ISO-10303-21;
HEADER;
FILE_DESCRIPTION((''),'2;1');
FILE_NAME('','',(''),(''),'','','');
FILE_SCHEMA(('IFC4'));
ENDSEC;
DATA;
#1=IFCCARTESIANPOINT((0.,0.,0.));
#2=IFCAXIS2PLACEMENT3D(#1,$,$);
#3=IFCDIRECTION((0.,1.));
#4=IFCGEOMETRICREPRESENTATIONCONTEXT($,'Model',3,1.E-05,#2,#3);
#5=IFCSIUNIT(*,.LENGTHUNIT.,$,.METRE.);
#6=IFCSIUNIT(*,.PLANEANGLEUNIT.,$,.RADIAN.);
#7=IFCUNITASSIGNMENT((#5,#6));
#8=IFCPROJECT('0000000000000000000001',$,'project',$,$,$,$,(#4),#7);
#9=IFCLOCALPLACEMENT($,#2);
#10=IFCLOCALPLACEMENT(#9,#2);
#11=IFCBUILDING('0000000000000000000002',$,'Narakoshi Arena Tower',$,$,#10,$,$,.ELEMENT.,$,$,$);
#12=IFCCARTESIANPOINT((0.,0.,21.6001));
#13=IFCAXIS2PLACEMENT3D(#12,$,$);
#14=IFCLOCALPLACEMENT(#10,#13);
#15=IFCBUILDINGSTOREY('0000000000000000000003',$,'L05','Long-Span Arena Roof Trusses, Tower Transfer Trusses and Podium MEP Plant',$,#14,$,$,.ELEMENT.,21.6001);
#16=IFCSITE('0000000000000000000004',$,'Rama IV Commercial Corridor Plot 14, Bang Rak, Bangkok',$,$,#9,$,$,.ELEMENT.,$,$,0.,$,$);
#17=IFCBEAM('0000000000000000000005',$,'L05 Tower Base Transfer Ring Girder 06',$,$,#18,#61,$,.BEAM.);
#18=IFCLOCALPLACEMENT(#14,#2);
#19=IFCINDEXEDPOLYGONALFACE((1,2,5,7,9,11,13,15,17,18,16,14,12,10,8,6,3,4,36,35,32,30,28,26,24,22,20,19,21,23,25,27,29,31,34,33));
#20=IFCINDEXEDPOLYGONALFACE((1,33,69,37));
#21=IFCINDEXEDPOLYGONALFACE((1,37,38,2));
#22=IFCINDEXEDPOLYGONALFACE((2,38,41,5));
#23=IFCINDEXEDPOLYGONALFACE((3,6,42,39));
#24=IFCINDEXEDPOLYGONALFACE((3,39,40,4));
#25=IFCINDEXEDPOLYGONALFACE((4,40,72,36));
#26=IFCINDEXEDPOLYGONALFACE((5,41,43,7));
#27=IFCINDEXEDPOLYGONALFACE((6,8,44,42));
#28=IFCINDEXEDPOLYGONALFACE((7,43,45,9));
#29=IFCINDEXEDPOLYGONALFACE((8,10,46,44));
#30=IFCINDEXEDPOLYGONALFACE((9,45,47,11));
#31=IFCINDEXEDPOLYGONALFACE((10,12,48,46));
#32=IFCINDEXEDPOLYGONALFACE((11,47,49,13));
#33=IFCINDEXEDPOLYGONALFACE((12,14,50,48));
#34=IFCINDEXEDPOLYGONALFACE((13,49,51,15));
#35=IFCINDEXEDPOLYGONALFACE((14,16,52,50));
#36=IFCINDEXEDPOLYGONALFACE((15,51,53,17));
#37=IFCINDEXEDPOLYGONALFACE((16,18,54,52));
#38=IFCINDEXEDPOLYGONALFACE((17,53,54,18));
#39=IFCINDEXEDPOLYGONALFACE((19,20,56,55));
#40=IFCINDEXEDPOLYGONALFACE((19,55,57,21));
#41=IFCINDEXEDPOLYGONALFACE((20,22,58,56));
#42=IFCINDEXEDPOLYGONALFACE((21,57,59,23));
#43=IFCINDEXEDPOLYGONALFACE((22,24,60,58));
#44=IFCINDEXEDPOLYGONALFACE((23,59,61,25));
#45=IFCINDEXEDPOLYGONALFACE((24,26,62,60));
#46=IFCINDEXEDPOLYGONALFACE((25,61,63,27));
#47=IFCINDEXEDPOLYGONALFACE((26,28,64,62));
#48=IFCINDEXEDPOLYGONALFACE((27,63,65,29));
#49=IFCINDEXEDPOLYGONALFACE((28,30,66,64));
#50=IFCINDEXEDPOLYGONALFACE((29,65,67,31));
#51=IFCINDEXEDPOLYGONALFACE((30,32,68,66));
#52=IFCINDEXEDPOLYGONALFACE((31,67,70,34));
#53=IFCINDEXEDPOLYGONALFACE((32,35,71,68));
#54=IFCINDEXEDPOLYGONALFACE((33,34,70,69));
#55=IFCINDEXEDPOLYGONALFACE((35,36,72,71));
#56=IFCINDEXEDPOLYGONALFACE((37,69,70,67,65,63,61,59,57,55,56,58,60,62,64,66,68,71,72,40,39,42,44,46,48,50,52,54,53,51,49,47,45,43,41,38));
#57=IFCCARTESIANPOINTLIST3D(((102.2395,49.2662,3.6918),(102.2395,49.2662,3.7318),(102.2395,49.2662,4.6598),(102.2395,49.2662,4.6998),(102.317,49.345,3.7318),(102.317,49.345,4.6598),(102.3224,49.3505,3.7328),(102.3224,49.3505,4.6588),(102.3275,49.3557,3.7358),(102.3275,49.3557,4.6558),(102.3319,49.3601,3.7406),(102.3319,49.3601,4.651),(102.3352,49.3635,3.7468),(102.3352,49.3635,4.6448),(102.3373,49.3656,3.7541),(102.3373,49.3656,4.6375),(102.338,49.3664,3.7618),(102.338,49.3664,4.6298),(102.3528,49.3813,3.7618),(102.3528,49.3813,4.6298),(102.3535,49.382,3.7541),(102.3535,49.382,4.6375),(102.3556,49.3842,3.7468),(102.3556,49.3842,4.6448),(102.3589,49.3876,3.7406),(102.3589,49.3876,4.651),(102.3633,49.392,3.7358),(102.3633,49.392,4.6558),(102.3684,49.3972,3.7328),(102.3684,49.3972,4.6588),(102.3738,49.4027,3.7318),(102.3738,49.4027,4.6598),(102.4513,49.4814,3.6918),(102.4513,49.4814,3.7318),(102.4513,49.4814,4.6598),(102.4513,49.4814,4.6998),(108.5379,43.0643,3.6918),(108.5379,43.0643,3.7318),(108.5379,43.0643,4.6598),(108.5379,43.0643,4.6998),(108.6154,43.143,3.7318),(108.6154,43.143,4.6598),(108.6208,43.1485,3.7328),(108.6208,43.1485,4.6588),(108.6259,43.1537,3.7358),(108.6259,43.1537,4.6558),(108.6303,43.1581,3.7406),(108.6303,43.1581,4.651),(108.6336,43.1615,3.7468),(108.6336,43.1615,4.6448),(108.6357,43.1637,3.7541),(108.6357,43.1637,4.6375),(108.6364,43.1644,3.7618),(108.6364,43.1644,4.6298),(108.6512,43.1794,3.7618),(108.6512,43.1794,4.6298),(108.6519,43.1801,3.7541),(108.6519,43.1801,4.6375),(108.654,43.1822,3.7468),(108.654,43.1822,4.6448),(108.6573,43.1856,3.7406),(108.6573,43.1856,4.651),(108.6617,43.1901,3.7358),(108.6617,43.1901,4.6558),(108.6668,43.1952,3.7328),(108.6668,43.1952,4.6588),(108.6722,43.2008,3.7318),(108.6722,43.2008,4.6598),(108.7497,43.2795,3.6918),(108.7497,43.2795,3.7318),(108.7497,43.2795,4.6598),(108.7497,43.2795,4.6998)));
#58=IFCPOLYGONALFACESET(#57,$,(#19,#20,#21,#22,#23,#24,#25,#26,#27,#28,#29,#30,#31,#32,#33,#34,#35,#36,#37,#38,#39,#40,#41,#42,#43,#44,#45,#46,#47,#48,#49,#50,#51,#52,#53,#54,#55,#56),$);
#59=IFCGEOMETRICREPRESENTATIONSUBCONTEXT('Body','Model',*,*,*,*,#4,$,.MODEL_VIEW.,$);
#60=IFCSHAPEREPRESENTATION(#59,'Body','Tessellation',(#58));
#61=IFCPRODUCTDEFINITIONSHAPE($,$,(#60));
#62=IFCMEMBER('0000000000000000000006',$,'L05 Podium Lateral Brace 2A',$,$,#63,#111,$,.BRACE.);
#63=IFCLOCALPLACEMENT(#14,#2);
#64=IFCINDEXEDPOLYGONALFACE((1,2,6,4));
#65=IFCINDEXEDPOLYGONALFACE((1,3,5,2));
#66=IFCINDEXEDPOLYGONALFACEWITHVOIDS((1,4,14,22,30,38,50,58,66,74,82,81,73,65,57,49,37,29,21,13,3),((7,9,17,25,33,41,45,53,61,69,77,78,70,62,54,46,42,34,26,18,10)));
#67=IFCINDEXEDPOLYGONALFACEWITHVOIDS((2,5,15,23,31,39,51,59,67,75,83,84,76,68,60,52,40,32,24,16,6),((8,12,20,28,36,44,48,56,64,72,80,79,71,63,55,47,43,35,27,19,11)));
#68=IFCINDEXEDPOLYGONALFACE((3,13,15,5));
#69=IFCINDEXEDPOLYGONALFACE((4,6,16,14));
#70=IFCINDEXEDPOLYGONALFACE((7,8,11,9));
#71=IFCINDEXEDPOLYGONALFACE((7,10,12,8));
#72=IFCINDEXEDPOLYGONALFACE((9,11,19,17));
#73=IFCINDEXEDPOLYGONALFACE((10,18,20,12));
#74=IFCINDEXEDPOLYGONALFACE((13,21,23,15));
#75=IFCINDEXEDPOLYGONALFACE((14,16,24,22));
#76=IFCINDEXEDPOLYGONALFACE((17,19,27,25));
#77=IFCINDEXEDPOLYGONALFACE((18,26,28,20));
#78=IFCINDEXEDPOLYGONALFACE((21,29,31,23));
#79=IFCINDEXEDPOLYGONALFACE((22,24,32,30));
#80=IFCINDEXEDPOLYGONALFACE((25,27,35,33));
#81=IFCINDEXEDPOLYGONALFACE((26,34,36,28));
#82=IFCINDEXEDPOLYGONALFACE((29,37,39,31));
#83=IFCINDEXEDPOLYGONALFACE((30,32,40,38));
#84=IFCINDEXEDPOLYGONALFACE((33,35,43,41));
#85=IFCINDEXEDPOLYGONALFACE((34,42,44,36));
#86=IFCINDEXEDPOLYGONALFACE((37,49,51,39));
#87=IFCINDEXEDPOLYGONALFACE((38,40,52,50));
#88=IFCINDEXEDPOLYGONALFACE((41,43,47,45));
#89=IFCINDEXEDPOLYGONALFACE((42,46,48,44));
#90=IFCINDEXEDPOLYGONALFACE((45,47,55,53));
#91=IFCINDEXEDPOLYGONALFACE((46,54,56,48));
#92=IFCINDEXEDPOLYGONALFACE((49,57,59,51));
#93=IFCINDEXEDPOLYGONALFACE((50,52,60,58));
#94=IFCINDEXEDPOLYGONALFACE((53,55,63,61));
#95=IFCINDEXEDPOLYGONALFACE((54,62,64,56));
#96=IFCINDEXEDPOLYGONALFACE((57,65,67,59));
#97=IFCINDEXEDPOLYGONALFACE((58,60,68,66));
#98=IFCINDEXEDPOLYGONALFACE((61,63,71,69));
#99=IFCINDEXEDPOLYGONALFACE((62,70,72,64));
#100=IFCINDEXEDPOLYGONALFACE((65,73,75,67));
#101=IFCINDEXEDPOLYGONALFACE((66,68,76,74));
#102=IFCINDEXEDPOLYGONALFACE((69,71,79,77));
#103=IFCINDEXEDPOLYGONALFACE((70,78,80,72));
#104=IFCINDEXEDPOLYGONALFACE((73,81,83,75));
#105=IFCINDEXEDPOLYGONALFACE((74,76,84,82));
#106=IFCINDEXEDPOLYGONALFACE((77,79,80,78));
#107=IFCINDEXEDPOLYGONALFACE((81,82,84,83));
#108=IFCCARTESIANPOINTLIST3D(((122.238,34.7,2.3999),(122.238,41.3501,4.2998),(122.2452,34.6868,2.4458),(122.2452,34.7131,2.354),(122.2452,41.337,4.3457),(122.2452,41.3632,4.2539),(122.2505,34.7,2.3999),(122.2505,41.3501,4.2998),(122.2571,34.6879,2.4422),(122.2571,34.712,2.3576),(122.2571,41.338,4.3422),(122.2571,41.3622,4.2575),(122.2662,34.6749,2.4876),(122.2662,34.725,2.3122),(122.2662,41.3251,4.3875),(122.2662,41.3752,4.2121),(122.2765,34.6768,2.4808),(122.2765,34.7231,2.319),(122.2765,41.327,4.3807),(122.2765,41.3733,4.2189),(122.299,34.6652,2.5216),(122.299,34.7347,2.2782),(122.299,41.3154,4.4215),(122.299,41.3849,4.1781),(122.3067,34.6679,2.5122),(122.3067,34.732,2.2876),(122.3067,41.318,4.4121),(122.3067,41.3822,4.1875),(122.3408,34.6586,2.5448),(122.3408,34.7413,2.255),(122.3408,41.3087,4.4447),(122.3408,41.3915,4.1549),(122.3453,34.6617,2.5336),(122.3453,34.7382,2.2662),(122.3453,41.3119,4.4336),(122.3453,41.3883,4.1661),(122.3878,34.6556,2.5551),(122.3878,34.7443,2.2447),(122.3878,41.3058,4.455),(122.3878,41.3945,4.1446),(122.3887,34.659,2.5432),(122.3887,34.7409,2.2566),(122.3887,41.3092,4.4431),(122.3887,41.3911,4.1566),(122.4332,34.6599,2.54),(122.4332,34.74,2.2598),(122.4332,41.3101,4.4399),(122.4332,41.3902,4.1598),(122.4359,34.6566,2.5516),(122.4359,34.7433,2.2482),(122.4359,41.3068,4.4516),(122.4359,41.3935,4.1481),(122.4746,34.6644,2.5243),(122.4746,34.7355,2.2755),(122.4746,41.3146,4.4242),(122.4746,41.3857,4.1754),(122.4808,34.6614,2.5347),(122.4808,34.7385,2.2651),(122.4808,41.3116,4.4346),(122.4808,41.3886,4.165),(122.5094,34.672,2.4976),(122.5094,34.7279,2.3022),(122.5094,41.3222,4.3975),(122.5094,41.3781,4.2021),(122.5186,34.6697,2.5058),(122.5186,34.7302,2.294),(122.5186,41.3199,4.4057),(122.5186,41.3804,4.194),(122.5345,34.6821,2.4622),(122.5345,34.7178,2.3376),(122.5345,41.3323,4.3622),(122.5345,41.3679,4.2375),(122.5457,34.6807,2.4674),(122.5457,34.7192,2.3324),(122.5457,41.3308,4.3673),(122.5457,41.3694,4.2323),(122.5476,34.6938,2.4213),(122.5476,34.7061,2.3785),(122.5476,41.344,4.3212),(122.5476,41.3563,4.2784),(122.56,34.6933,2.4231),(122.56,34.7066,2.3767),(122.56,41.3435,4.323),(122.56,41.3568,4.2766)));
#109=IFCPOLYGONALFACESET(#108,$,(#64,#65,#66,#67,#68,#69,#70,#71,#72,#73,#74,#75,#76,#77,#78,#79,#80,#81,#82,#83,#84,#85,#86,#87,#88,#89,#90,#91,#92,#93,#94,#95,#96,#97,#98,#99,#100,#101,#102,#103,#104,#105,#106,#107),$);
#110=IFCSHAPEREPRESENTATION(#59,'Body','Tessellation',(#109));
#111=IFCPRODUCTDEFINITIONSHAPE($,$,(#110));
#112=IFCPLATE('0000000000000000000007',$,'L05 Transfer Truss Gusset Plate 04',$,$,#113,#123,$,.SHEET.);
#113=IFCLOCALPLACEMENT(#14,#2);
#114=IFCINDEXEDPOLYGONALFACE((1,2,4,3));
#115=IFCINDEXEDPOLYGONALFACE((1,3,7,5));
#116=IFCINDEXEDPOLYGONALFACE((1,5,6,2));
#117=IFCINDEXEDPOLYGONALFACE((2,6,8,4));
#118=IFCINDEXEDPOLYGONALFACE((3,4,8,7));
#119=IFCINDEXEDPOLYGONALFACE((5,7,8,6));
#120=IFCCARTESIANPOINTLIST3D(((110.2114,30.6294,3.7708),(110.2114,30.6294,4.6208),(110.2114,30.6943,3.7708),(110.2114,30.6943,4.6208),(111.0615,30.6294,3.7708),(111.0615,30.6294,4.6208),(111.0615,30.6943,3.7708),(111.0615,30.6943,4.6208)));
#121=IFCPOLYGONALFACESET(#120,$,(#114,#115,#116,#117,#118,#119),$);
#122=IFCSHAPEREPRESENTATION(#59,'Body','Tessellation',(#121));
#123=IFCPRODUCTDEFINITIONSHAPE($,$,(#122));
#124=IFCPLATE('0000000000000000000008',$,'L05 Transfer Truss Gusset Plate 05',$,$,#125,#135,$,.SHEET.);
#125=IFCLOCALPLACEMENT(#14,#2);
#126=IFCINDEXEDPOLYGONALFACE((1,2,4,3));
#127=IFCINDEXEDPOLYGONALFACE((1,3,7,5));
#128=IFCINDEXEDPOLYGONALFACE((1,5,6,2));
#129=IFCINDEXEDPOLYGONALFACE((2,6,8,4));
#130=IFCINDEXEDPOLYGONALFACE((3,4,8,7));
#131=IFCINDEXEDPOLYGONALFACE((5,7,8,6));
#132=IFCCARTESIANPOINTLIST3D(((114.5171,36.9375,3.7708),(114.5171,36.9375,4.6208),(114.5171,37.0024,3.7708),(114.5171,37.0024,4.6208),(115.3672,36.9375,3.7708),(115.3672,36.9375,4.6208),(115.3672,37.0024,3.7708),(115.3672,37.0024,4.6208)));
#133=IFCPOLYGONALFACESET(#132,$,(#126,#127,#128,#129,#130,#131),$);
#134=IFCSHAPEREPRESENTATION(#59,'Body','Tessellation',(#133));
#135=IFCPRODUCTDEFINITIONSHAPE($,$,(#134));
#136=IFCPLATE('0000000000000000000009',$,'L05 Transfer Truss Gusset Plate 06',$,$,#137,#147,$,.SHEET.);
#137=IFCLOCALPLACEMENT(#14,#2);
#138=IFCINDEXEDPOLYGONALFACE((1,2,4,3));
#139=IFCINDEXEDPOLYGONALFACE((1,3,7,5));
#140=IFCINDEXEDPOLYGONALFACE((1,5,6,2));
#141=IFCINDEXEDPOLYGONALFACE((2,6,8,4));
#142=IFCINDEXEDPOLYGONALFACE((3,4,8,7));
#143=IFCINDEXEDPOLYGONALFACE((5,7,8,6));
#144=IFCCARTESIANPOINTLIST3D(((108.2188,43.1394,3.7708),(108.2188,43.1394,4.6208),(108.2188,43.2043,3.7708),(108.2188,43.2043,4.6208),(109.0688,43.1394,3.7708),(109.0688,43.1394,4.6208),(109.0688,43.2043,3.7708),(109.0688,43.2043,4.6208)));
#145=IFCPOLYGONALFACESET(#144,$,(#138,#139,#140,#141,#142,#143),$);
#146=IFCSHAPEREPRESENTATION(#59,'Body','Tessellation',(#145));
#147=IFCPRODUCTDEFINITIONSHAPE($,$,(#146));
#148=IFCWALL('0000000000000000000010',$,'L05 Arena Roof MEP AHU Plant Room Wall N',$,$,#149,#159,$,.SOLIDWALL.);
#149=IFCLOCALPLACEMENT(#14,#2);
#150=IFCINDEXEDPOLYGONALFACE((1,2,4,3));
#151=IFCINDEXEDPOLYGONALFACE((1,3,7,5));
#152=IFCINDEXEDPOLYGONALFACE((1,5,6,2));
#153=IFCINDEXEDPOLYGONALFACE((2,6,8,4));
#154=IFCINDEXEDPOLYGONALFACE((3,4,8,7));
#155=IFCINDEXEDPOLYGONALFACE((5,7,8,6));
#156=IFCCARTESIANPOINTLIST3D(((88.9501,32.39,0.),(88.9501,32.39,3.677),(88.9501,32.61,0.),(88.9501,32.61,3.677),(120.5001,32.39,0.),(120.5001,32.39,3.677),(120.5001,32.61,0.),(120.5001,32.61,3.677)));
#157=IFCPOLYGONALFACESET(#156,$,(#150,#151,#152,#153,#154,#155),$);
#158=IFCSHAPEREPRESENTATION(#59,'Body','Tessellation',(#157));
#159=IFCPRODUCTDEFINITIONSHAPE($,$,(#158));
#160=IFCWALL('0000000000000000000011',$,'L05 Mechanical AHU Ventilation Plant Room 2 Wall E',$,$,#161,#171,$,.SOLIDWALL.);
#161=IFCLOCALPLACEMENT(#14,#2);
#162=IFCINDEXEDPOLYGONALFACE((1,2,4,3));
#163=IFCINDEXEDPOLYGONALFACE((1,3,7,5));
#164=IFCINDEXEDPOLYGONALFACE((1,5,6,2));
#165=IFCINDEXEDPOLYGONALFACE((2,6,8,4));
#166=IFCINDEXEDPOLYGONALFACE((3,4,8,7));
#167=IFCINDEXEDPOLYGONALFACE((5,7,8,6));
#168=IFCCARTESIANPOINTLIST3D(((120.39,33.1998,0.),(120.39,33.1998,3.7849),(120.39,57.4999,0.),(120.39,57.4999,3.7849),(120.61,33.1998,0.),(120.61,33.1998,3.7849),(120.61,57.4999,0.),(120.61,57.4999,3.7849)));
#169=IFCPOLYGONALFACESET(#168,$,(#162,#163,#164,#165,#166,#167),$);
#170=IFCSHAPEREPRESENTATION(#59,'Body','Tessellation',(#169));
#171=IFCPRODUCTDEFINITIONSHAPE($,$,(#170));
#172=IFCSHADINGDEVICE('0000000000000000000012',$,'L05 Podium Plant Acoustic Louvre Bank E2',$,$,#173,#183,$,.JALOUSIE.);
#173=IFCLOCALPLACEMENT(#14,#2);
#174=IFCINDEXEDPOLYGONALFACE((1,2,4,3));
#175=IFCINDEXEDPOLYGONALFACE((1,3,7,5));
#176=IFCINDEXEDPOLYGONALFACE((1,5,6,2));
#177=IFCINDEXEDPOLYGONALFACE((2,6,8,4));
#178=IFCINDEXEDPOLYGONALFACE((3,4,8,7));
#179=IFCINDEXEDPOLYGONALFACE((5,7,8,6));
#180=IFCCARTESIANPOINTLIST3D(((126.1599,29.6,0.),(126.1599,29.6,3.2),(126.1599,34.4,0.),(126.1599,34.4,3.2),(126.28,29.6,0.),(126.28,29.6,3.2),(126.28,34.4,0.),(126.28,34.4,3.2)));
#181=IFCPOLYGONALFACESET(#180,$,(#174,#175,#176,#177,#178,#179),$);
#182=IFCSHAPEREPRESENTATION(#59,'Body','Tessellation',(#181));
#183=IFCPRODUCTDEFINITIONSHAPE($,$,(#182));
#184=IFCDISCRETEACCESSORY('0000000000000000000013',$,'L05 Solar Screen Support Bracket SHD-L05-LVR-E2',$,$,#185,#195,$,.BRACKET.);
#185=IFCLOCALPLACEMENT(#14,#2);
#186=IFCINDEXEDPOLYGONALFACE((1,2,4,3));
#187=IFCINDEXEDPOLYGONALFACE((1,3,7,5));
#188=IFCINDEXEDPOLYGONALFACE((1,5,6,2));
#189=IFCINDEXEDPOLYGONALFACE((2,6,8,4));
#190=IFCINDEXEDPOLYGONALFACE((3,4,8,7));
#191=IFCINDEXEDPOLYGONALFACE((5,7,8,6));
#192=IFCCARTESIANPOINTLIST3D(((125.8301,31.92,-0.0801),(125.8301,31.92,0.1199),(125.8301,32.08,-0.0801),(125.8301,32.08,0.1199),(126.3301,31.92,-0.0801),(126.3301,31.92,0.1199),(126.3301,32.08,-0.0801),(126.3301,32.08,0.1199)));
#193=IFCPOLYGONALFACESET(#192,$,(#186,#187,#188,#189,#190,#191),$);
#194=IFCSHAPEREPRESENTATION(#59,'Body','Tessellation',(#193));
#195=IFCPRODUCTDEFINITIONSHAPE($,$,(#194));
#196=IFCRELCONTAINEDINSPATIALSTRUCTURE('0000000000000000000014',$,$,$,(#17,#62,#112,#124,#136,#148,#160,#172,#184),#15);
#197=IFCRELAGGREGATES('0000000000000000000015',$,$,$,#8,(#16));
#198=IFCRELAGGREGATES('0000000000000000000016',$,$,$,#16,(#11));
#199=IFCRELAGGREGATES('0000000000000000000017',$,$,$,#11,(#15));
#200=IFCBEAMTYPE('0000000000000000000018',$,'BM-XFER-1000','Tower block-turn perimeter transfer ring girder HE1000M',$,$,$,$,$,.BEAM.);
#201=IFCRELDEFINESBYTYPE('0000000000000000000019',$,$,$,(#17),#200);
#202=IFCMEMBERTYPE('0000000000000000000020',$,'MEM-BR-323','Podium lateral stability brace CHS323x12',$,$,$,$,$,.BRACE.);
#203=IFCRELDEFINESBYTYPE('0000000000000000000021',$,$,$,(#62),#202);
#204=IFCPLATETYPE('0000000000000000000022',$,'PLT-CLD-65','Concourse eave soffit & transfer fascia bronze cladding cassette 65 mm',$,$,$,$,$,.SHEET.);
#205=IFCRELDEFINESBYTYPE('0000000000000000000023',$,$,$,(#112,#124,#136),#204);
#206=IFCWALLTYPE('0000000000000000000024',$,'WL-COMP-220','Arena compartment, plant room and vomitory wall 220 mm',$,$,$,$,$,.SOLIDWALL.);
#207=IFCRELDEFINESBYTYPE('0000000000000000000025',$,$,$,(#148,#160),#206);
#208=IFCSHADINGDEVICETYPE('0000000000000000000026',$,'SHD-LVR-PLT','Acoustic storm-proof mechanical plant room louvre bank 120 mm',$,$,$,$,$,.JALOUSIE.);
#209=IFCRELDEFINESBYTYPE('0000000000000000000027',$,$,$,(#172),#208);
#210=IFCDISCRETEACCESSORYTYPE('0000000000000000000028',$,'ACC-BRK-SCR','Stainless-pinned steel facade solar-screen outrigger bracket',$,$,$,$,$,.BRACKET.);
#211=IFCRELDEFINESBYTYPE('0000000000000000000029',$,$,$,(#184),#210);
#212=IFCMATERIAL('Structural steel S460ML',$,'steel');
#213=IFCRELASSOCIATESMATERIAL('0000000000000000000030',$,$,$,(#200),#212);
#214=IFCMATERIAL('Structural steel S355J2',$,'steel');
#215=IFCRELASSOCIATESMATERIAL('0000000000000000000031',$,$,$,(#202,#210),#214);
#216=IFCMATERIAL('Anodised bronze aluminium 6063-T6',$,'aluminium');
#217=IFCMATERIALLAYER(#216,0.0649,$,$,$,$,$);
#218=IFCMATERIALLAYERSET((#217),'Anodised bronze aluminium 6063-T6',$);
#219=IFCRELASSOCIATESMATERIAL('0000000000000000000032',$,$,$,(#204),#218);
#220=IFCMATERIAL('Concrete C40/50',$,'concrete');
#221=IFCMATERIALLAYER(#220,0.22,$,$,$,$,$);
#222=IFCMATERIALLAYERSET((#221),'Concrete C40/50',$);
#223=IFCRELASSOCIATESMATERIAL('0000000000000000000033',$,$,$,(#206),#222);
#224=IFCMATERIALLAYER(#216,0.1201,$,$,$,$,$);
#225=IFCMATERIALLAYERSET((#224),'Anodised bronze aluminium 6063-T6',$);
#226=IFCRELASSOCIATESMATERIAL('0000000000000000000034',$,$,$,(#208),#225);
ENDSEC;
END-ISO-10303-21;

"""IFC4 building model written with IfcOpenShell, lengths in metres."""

from ifc_helpers import new_model, si_unit, direction, frame, frame_2d, origin, origin_2d, place, context, subcontext, project, spatial, rectangle, hollow_circle, i_section, extrude, material, layer, layer_set, material_profile, profile_set, type_object, element, save


model = new_model("IFC4")

# Units and contexts
model_context = context("Model", 3, precision=1e-05, world=origin(), true_north=direction((0.0, 1.0)))
body_context = subcontext(model_context, "Body", "Model", "MODEL_VIEW")
ifc_project = project(units=[si_unit("LENGTHUNIT", "METRE"), si_unit("PLANEANGLEUNIT", "RADIAN")], contexts=[model_context])

# Site, building, storey
site_placement = place(None, origin())
site = spatial("IfcSite", under=ifc_project, at=site_placement, Name="Rama IV Commercial Corridor Plot 14, Bang Rak, Bangkok", CompositionType="ELEMENT", RefElevation=0.0)
building_placement = place(site_placement, origin())
building = spatial("IfcBuilding", under=site, at=building_placement, Name="Narakoshi Arena Tower", CompositionType="ELEMENT")
storey_placement = place(building_placement, frame((0.0, 0.0, 21.6001)))
storey = spatial("IfcBuildingStorey", under=building, at=storey_placement, Name="L05", Description="Long-Span Arena Roof Trusses, Tower Transfer Trusses and Podium MEP Plant", CompositionType="ELEMENT", Elevation=21.6001)

# Shared definitions
ifc_material_1 = material(Name="Structural steel S355J2", Category="steel")

# Beam
ifc_material_2 = material(Name="Structural steel S460ML", Category="steel")
ifc_material_profile_1 = material_profile(ifc_material_2, i_section(OverallWidth=0.302, OverallDepth=1.0081, WebThickness=0.021, FlangeThickness=0.04, FilletRadius=0.03, at=origin_2d()), Name="HE1000M")
ifc_profile_set_1 = profile_set([ifc_material_profile_1], Name="Structural steel S460ML")
beam_type_1 = type_object("IfcBeamType", Name="BM-XFER-1000", Description="Tower block-turn perimeter transfer ring girder HE1000M", PredefinedType="BEAM", material=ifc_profile_set_1)
for number, where, z_axis, x_axis, name in (
    (1, (108.6438, 43.1719, 4.1958), (-0.712541, 0.701631, 0.0), (-0.701631, -0.712541, 0.0), "L05 Tower Base Transfer Ring Girder 06"),
):
    element("IfcBeam", number, at=place(storey_placement, frame(where, z_axis=z_axis, x_axis=x_axis)), inside=storey, type_object=beam_type_1, Name=name, PredefinedType="BEAM", context=body_context, shape_type="SweptSolid", body=[
        extrude(i_section(OverallWidth=0.302, OverallDepth=1.0081, WebThickness=0.021, FlangeThickness=0.04, FilletRadius=0.03, at=origin_2d()), origin(), (0.0, 0.0, 1.0), 8.8394),
    ])

# Member
ifc_material_profile_2 = material_profile(ifc_material_1, hollow_circle(Radius=0.1619, WallThickness=0.0125, at=origin_2d()), Name="CHS323x12")
ifc_profile_set_2 = profile_set([ifc_material_profile_2], Name="Structural steel S355J2")
member_type = type_object("IfcMemberType", Name="MEM-BR-323", Description="Podium lateral stability brace CHS323x12", PredefinedType="BRACE", material=ifc_profile_set_2)
member_placement = place(storey_placement, frame((122.3999, 34.7, 2.3999), z_axis=(0.0, 0.961529, 0.274702), x_axis=(-1.0, 0.0, 0.0)))
element("IfcMember", 2, at=member_placement, inside=storey, type_object=member_type, Name="L05 Podium Lateral Brace 2A", PredefinedType="BRACE", context=body_context, shape_type="SweptSolid", body=[
    extrude(hollow_circle(Radius=0.1619, WallThickness=0.0125, at=origin_2d()), origin(), (0.0, 0.0, 1.0), 6.9163),
])

# Plates
ifc_material_3 = material(Name="Anodised bronze aluminium 6063-T6", Category="aluminium")
ifc_layer_1 = layer(ifc_material_3, 0.0649)
ifc_layer_set_1 = layer_set([ifc_layer_1], Name="Anodised bronze aluminium 6063-T6")
plate_type = type_object("IfcPlateType", Name="PLT-CLD-65", Description="Concourse eave soffit & transfer fascia bronze cladding cassette 65 mm", PredefinedType="SHEET", material=ifc_layer_set_1)
for number, where, z_axis, x_axis, name in (
    (3, (110.6365, 30.6619, 3.7708), (0.0, 0.0, 1.0), (1.0, 0.0, 0.0), "L05 Transfer Truss Gusset Plate 04"),
    (4, (114.9421, 36.97, 3.7708), (0.0, 0.0, 1.0), (1.0, 0.0, 0.0), "L05 Transfer Truss Gusset Plate 05"),
    (5, (108.6438, 43.1719, 3.7708), (0.0, 0.0, 1.0), (1.0, 0.0, 0.0), "L05 Transfer Truss Gusset Plate 06"),
):
    element("IfcPlate", number, at=place(storey_placement, frame(where, z_axis=z_axis, x_axis=x_axis)), inside=storey, type_object=plate_type, Name=name, PredefinedType="SHEET", context=body_context, shape_type="SweptSolid", body=[
        extrude(rectangle(XDim=0.8501, YDim=0.0649, at=origin_2d()), origin(), (0.0, 0.0, 1.0), 0.8501),
    ])

# Walls
ifc_material_4 = material(Name="Concrete C40/50", Category="concrete")
ifc_layer_2 = layer(ifc_material_4, 0.22)
ifc_layer_set_2 = layer_set([ifc_layer_2], Name="Concrete C40/50")
wall_type = type_object("IfcWallType", Name="WL-COMP-220", Description="Arena compartment, plant room and vomitory wall 220 mm", PredefinedType="SOLIDWALL", material=ifc_layer_set_2)
wall_1_placement = place(storey_placement, frame((120.5, 32.5, 0.0), z_axis=(0.0, 0.0, 1.0), x_axis=(-1.0, 0.0, 0.0)))
element("IfcWall", 6, at=wall_1_placement, inside=storey, type_object=wall_type, Name="L05 Arena Roof MEP AHU Plant Room Wall N", PredefinedType="SOLIDWALL", context=body_context, shape_type="SweptSolid", body=[
    extrude(rectangle(XDim=31.55, YDim=0.22, at=frame_2d((15.7749, 0.0))), origin(), (0.0, 0.0, 1.0), 3.677),
])
wall_2_placement = place(storey_placement, frame((120.5, 33.2, 0.0), z_axis=(0.0, 0.0, 1.0), x_axis=(0.0, 1.0, 0.0)))
element("IfcWall", 7, at=wall_2_placement, inside=storey, type_object=wall_type, Name="L05 Mechanical AHU Ventilation Plant Room 2 Wall E", PredefinedType="SOLIDWALL", context=body_context, shape_type="SweptSolid", body=[
    extrude(rectangle(XDim=24.3, YDim=0.22, at=frame_2d((12.1499, 0.0))), origin(), (0.0, 0.0, 1.0), 3.7849),
])

# Shading device
ifc_layer_3 = layer(ifc_material_3, 0.1201)
ifc_layer_set_3 = layer_set([ifc_layer_3], Name="Anodised bronze aluminium 6063-T6")
shading_device_type = type_object("IfcShadingDeviceType", Name="SHD-LVR-PLT", Description="Acoustic storm-proof mechanical plant room louvre bank 120 mm", PredefinedType="JALOUSIE", material=ifc_layer_set_3)
shading_device_placement = place(storey_placement, frame((126.22, 32.0, 0.0), z_axis=(0.0, 0.0, 1.0), x_axis=(0.0, 1.0, 0.0)))
element("IfcShadingDevice", 8, at=shading_device_placement, inside=storey, type_object=shading_device_type, Name="L05 Podium Plant Acoustic Louvre Bank E2", PredefinedType="JALOUSIE", context=body_context, shape_type="SweptSolid", body=[
    extrude(rectangle(XDim=4.8, YDim=0.1201, at=origin_2d()), origin(), (0.0, 0.0, 1.0), 3.2),
])

# Discrete accessory
discrete_accessory_type_1 = type_object("IfcDiscreteAccessoryType", Name="ACC-BRK-SCR", Description="Stainless-pinned steel facade solar-screen outrigger bracket", PredefinedType="BRACKET", material=ifc_material_1)
discrete_accessory_placement = place(storey_placement, frame((126.0801, 32.0, -0.0801), z_axis=(0.0, 0.0, 1.0), x_axis=(0.0, 1.0, 0.0)))
element("IfcDiscreteAccessory", 9, at=discrete_accessory_placement, inside=storey, type_object=discrete_accessory_type_1, Name="L05 Solar Screen Support Bracket SHD-L05-LVR-E2", PredefinedType="BRACKET", context=body_context, shape_type="SweptSolid", body=[
    extrude(rectangle(XDim=0.1599, YDim=0.5, at=origin_2d()), origin(), (0.0, 0.0, 1.0), 0.2),
])

save(model, "model.ifc")
